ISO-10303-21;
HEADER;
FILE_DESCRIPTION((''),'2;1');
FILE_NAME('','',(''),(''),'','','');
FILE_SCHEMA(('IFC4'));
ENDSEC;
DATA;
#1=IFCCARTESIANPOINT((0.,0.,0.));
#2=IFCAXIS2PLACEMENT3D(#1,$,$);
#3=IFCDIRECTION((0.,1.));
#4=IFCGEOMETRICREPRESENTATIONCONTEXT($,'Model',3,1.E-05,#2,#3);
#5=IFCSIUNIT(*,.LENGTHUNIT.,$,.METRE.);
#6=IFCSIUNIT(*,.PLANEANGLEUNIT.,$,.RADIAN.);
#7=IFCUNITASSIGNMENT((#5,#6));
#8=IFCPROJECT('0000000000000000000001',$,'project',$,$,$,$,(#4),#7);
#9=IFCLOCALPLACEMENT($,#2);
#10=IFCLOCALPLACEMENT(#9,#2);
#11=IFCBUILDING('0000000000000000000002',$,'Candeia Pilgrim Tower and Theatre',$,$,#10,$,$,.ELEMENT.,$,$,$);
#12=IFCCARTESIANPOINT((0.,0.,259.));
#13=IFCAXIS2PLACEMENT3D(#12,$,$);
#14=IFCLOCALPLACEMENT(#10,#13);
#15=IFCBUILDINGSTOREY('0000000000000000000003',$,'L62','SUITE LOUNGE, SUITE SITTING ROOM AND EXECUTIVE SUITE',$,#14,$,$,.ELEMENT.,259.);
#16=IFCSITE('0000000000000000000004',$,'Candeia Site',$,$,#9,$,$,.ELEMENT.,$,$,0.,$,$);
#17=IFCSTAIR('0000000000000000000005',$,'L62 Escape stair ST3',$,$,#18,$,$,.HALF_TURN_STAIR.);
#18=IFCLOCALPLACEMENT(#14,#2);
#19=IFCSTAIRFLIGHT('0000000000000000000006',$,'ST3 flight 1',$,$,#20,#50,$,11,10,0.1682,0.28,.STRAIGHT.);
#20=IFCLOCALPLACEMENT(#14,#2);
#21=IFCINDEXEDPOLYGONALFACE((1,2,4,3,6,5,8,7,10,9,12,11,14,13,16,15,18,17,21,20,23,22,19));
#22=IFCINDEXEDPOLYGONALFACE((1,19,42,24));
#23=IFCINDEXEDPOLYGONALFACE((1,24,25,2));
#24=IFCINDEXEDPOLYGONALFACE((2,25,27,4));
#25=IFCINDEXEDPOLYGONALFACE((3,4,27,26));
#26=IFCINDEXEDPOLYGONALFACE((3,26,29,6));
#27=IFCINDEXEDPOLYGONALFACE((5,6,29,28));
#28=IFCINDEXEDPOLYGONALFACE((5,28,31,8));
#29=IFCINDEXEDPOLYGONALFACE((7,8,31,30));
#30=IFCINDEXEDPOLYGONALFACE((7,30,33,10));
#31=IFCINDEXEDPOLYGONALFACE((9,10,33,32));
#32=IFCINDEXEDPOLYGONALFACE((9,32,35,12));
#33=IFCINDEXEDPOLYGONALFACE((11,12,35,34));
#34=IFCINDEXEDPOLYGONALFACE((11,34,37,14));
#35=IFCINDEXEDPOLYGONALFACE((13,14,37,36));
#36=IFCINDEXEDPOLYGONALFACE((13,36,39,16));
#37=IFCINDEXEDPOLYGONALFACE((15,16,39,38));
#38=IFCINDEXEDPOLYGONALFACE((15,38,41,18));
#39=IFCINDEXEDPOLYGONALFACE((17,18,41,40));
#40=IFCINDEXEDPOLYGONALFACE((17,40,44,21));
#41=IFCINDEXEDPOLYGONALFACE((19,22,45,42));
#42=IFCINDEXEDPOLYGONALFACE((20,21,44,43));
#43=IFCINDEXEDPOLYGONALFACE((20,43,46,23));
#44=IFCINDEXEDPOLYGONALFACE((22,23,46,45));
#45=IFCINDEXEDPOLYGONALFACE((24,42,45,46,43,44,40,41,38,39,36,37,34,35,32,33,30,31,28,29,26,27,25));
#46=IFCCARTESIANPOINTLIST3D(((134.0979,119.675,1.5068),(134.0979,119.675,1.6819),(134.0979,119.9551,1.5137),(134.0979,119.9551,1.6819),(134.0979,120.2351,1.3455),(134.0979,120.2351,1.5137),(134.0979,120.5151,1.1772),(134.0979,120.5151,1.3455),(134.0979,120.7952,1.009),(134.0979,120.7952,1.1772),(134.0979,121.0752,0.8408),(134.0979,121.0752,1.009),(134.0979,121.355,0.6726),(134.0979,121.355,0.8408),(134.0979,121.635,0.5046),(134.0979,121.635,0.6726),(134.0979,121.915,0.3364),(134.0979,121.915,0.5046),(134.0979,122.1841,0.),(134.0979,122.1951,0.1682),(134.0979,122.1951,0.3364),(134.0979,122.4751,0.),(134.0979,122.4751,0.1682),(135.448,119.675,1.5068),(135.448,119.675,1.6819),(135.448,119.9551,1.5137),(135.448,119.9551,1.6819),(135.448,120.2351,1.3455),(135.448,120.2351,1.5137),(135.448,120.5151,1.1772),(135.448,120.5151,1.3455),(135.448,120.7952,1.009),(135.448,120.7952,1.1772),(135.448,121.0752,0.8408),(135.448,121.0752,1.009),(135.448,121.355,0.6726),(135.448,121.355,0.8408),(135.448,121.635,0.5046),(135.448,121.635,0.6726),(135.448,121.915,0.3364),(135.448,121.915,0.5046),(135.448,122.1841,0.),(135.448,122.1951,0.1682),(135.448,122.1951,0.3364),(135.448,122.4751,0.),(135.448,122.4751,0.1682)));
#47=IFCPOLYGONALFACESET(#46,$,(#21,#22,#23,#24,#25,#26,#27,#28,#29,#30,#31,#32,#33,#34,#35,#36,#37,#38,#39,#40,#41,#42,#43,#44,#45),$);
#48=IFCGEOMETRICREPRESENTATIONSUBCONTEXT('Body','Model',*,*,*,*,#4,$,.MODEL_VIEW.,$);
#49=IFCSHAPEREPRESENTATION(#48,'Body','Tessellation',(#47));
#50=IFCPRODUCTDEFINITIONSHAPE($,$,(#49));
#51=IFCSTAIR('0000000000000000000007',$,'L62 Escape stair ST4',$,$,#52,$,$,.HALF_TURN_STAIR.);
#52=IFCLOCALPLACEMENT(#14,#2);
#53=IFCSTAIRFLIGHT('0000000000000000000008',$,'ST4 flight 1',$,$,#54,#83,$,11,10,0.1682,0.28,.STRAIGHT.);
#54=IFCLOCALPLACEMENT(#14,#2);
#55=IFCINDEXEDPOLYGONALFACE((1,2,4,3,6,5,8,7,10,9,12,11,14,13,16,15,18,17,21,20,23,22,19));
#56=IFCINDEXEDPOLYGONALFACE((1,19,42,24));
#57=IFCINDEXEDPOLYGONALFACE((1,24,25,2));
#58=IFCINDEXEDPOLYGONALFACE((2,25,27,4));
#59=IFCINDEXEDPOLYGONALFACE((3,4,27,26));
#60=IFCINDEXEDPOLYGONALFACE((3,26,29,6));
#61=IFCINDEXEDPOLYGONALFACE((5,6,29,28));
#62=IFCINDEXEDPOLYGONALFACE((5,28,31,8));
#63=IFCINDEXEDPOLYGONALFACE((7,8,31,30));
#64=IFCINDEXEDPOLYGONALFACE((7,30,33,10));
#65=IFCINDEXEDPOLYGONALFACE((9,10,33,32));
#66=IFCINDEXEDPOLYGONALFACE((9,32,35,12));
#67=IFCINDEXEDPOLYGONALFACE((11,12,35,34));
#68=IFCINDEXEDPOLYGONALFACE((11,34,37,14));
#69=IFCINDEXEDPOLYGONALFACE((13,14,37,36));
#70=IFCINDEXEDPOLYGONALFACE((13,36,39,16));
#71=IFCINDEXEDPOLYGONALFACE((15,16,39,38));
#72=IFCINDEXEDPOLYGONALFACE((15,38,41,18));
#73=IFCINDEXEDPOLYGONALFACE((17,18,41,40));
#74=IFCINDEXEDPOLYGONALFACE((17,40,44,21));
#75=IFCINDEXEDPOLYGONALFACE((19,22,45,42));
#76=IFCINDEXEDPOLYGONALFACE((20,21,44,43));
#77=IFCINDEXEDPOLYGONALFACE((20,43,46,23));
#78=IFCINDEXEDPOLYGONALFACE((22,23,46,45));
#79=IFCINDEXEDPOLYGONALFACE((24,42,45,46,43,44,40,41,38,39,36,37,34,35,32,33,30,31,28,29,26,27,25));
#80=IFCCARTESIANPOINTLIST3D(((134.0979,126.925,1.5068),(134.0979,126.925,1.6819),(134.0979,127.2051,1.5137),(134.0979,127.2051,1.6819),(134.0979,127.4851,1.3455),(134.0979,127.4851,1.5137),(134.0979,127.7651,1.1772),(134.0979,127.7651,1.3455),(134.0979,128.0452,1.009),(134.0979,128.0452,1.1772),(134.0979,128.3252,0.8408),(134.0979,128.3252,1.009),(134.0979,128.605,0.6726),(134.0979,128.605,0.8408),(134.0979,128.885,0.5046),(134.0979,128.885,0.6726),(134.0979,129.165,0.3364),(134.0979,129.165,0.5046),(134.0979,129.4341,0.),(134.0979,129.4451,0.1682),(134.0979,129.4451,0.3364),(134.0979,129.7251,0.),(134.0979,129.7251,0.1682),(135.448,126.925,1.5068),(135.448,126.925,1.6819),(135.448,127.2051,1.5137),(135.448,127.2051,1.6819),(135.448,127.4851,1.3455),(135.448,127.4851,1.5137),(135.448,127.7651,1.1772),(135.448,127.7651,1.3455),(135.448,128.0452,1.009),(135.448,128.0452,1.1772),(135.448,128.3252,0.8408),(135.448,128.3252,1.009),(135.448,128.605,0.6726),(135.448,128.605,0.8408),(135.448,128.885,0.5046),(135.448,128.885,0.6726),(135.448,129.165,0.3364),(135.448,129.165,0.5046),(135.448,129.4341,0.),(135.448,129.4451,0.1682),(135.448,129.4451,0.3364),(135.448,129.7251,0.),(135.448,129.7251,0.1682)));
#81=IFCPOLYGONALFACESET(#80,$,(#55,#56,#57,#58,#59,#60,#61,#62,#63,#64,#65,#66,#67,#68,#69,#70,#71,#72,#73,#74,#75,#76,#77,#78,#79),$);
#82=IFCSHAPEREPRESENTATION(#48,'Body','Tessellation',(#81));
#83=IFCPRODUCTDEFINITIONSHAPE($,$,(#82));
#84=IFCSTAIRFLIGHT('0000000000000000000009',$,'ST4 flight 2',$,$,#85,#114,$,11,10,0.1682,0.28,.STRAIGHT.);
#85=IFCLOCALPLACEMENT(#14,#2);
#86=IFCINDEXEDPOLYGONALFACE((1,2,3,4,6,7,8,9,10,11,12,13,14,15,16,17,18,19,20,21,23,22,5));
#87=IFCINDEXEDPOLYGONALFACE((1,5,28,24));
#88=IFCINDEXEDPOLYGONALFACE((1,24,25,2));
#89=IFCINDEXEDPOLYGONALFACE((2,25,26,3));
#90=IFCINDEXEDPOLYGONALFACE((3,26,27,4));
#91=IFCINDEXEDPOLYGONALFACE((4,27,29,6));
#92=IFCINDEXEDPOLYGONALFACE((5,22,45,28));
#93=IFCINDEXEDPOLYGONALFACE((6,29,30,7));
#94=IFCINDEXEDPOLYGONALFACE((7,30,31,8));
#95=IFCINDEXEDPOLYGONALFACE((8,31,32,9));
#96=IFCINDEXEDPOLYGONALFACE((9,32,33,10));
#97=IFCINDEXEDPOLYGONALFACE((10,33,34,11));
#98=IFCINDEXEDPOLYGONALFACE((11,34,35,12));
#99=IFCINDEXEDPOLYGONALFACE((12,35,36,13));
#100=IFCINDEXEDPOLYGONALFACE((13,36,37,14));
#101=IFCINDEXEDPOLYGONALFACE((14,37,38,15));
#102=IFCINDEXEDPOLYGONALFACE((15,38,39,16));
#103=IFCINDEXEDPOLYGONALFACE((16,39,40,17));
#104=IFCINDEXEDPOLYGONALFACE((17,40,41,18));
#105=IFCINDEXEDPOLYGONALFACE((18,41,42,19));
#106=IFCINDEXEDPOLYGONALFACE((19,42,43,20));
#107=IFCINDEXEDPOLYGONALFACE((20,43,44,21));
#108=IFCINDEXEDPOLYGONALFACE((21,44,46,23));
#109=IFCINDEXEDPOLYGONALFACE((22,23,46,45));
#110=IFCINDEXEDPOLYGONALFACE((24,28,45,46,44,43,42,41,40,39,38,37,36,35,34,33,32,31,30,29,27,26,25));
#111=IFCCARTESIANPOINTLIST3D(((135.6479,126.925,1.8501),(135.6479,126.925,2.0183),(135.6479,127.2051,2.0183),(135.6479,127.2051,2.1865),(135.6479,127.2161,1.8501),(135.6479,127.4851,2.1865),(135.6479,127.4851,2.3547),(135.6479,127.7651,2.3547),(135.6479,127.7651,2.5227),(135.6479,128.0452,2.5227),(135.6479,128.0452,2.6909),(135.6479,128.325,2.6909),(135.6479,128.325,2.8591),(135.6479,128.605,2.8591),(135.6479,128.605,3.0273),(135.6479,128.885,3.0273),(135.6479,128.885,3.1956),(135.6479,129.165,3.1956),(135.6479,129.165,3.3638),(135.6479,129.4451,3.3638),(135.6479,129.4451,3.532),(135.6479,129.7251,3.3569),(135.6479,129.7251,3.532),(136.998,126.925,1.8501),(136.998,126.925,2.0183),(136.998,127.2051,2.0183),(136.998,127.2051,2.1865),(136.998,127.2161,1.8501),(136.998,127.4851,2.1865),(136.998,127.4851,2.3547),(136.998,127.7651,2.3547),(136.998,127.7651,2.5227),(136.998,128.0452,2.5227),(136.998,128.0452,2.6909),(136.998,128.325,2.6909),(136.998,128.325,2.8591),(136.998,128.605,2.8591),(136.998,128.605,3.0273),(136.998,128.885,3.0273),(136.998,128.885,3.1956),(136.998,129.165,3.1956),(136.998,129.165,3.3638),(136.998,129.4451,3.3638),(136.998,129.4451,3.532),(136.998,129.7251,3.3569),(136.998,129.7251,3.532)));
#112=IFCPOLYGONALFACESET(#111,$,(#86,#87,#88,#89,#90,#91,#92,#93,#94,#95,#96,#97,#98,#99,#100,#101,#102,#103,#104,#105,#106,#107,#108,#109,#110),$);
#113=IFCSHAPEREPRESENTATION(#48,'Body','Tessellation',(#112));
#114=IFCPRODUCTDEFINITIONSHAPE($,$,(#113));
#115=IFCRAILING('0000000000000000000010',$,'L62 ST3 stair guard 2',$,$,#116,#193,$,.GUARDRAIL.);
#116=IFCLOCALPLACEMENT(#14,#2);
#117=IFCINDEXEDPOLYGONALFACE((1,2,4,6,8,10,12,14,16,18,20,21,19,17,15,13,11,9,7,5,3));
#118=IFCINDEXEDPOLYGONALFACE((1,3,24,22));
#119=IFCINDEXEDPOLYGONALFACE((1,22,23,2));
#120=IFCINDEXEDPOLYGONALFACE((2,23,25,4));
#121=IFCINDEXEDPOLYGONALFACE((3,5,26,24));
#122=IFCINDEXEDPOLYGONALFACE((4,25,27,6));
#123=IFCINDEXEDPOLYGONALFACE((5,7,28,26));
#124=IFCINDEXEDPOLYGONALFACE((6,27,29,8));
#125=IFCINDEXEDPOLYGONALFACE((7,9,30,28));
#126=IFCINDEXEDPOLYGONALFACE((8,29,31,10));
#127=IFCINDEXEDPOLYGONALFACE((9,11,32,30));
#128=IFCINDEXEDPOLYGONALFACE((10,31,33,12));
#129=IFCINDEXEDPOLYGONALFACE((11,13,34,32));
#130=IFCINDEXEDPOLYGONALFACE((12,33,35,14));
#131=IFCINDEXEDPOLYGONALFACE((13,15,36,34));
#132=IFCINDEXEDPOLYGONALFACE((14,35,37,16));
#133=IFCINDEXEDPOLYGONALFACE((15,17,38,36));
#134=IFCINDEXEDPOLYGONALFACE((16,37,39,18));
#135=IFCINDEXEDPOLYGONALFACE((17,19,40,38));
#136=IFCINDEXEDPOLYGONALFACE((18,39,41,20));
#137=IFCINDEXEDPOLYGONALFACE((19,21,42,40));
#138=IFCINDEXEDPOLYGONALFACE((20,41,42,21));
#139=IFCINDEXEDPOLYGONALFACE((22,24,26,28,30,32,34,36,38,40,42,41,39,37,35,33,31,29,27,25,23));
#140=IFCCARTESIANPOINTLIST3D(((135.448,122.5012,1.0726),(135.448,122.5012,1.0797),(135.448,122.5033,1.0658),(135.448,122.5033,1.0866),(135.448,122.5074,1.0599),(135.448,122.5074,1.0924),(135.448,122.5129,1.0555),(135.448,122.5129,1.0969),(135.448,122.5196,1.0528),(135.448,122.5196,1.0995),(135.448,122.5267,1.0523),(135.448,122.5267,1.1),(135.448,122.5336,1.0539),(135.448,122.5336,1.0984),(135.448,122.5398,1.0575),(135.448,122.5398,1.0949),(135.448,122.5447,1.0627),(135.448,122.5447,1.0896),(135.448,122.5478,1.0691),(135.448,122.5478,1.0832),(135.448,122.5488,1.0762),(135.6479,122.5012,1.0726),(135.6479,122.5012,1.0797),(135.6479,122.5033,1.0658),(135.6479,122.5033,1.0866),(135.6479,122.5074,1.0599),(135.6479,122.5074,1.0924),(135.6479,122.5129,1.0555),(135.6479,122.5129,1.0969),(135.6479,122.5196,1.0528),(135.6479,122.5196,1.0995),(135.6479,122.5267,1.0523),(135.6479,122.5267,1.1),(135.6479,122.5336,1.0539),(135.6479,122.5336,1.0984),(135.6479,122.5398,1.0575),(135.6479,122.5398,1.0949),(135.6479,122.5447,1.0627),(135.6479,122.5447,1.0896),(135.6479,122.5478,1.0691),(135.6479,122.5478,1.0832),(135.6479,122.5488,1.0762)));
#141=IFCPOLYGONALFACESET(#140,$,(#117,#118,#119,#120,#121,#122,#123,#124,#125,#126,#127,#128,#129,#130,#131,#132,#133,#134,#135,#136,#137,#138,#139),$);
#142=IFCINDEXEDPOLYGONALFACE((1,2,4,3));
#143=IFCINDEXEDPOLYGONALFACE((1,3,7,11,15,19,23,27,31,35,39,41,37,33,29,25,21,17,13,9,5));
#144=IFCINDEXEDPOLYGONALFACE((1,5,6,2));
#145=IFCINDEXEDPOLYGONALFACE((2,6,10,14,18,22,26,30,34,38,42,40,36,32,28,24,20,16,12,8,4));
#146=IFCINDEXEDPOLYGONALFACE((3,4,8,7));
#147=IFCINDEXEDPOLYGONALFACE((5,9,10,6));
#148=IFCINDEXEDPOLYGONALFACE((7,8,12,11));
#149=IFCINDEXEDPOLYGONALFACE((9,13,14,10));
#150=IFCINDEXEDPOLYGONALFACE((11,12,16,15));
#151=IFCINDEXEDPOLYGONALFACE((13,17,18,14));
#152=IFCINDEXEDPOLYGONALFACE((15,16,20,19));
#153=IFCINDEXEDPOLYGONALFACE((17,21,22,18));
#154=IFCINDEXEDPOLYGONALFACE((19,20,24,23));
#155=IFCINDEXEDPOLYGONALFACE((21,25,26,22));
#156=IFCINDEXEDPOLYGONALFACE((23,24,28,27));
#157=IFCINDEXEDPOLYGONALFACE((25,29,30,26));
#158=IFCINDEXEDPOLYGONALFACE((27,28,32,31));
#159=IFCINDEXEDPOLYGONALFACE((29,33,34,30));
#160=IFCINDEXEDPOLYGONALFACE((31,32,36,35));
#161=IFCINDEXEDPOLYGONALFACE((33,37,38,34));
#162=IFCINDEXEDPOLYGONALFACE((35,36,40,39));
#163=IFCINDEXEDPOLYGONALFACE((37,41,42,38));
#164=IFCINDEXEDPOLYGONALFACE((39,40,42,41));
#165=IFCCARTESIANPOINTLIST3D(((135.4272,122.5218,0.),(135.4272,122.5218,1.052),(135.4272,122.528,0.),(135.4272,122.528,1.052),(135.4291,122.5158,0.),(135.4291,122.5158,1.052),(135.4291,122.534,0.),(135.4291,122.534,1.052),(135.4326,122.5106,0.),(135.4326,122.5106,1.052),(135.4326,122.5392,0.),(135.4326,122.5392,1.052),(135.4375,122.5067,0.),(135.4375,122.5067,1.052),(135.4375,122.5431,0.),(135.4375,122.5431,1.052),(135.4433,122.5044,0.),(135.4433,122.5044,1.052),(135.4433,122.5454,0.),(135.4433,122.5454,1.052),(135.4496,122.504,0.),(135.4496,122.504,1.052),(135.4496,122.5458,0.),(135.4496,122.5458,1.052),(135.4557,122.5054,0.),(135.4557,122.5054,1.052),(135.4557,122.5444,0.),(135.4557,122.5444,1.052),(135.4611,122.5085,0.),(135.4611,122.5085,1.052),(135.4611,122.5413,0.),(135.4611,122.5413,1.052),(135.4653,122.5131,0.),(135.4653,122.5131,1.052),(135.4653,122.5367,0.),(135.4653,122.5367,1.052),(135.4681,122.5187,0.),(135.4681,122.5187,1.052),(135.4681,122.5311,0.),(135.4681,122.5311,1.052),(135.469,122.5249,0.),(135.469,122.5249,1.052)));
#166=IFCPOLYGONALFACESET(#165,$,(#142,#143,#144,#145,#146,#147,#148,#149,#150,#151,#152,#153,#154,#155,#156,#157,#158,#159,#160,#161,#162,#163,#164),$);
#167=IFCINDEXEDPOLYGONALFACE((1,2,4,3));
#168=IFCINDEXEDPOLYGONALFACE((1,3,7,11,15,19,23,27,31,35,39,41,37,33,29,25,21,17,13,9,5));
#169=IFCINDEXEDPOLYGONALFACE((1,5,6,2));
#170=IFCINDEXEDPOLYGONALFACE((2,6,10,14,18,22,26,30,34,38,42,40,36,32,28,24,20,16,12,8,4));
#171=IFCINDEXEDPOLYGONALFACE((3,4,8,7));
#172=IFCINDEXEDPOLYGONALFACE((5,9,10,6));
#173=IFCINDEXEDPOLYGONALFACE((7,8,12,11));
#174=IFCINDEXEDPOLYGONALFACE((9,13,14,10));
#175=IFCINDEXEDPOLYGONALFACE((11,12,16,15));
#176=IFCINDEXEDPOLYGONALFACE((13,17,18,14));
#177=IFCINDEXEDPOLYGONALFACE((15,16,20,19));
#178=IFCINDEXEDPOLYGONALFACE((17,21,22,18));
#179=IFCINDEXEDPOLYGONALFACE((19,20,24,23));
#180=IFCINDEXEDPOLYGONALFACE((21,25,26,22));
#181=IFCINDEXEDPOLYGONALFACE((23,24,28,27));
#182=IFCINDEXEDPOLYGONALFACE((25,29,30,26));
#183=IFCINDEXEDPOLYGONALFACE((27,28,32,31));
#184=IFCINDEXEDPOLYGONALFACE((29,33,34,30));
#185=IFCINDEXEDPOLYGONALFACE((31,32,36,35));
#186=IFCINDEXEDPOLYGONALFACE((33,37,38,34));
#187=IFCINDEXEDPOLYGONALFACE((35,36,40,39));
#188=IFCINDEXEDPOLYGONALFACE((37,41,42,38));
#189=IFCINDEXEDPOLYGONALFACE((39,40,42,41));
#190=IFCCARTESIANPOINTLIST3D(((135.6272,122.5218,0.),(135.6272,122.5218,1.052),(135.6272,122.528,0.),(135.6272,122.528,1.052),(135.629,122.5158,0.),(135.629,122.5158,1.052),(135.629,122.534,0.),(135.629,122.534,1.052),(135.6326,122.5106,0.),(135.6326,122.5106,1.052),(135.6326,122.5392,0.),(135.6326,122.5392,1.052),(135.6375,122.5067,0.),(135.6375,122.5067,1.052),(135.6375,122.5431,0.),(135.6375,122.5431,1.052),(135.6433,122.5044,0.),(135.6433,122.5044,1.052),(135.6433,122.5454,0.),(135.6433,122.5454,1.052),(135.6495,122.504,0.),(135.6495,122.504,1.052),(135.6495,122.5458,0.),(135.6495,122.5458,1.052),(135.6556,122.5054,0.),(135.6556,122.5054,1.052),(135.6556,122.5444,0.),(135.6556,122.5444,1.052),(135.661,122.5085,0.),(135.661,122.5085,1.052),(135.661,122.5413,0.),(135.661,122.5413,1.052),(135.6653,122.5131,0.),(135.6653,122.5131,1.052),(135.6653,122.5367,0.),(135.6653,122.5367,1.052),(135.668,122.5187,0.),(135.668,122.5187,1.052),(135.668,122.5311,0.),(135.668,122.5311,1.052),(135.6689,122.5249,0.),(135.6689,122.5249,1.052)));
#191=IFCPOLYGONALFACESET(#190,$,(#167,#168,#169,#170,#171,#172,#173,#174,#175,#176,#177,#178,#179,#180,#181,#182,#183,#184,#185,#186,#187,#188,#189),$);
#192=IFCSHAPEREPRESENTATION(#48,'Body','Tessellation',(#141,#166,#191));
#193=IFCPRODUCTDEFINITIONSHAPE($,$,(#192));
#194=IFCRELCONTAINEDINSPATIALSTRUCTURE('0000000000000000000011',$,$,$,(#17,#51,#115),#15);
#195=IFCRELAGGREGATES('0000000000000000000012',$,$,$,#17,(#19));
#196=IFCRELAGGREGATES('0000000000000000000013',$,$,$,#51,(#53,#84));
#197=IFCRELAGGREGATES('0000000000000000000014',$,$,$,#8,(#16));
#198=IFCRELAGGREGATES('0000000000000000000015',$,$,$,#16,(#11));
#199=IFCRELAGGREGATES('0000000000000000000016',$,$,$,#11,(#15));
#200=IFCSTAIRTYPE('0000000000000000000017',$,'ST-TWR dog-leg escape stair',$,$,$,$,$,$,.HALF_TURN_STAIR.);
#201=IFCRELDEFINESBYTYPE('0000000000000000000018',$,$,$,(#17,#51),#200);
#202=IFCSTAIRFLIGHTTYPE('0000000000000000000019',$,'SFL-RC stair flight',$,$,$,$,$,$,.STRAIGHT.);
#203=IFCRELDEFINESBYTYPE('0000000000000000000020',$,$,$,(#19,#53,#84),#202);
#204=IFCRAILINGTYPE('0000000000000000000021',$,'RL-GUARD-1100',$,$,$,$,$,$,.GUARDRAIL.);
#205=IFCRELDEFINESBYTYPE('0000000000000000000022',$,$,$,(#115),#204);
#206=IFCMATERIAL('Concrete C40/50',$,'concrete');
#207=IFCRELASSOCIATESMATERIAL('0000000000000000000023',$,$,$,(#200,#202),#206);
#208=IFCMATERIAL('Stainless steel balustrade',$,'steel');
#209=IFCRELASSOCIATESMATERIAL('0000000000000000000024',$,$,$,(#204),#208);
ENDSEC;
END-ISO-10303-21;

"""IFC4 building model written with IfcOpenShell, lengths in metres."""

from ifc_helpers import new_model, si_unit, direction, frame, origin, origin_2d, place, context, subcontext, project, spatial, polyline, circle, outline, extrude, material, type_object, element, aggregate, save


model = new_model("IFC4")

# Units and contexts
model_context = context("Model", 3, precision=1e-05, world=origin(), true_north=direction((0.0, 1.0)))
body_context = subcontext(model_context, "Body", "Model", "MODEL_VIEW")
ifc_project = project(units=[si_unit("LENGTHUNIT", "METRE"), si_unit("PLANEANGLEUNIT", "RADIAN")], contexts=[model_context])

# Site, building, storey
site_placement = place(None, origin())
site = spatial("IfcSite", under=ifc_project, at=site_placement, Name="Candeia Site", CompositionType="ELEMENT", RefElevation=0.0)
building_placement = place(site_placement, origin())
building = spatial("IfcBuilding", under=site, at=building_placement, Name="Candeia Pilgrim Tower and Theatre", CompositionType="ELEMENT")
storey_placement = place(building_placement, frame((0.0, 0.0, 259.0)))
storey = spatial("IfcBuildingStorey", under=building, at=storey_placement, Name="L62", Description="SUITE LOUNGE, SUITE SITTING ROOM AND EXECUTIVE SUITE", CompositionType="ELEMENT", Elevation=259.0)

# Shared definitions
ifc_material_1 = material(Name="Concrete C40/50", Category="concrete")

# Stair, stair flight
stair_type = type_object("IfcStairType", Name="ST-TWR dog-leg escape stair", PredefinedType="HALF_TURN_STAIR", material=ifc_material_1)
stair_1_placement = place(storey_placement, origin())
stair_1 = element("IfcStair", 1, at=stair_1_placement, inside=storey, type_object=stair_type, Name="L62 Escape stair ST3", PredefinedType="HALF_TURN_STAIR")
stair_flight_type = type_object("IfcStairFlightType", Name="SFL-RC stair flight", PredefinedType="STRAIGHT", material=ifc_material_1)
stair_flight_1_placement = place(storey_placement, frame((134.7729, 122.4751, 0.0), z_axis=(0.0, 0.0, 1.0), x_axis=(0.0, -1.0, 0.0)))
stair_flight_1 = element("IfcStairFlight", 2, at=stair_flight_1_placement, type_object=stair_flight_type, Name="ST3 flight 1", NumberOfRisers=11, NumberOfTreads=10, PredefinedType="STRAIGHT", RiserHeight=0.1682, TreadLength=0.28, context=body_context, shape_type="SweptSolid", body=[
    extrude(outline(polyline([(0.0, 0.0), (0.0, 0.1682), (0.28, 0.1682), (0.28, 0.3364), (0.5601, 0.3364), (0.5601, 0.5046), (0.8401, 0.5046), (0.8401, 0.6726), (1.1201, 0.6726), (1.1201, 0.8408), (1.3999, 0.8408), (1.3999, 1.009), (1.6799, 1.009), (1.6799, 1.1772), (1.96, 1.1772), (1.96, 1.3455), (2.24, 1.3455), (2.24, 1.5137), (2.52, 1.5137), (2.52, 1.6819), (2.8, 1.6819), (2.8, 1.8501), (2.8, 1.5068), (0.291, 0.0), (0.0, 0.0)])), frame((0.0, 0.675, 0.0), z_axis=(0.0, -1.0, 0.0), x_axis=(1.0, 0.0, 0.0)), (0.0, 0.0, 1.0), 1.3501),
])
aggregate(stair_1, [stair_flight_1])

# Stair, stair flights
stair_2_placement = place(storey_placement, origin())
stair_2 = element("IfcStair", 3, at=stair_2_placement, inside=storey, type_object=stair_type, Name="L62 Escape stair ST4", PredefinedType="HALF_TURN_STAIR")
stair_flight_2_placement = place(storey_placement, frame((134.7729, 129.7251, 0.0), z_axis=(0.0, 0.0, 1.0), x_axis=(0.0, -1.0, 0.0)))
stair_flight_2 = element("IfcStairFlight", 4, at=stair_flight_2_placement, type_object=stair_flight_type, Name="ST4 flight 1", NumberOfRisers=11, NumberOfTreads=10, PredefinedType="STRAIGHT", RiserHeight=0.1682, TreadLength=0.28, context=body_context, shape_type="SweptSolid", body=[
    extrude(outline(polyline([(0.0, 0.0), (0.0, 0.1682), (0.28, 0.1682), (0.28, 0.3364), (0.5601, 0.3364), (0.5601, 0.5046), (0.8401, 0.5046), (0.8401, 0.6726), (1.1201, 0.6726), (1.1201, 0.8408), (1.3999, 0.8408), (1.3999, 1.009), (1.6799, 1.009), (1.6799, 1.1772), (1.96, 1.1772), (1.96, 1.3455), (2.24, 1.3455), (2.24, 1.5137), (2.52, 1.5137), (2.52, 1.6819), (2.8, 1.6819), (2.8, 1.8501), (2.8, 1.5068), (0.291, 0.0), (0.0, 0.0)])), frame((0.0, 0.675, 0.0), z_axis=(0.0, -1.0, 0.0), x_axis=(1.0, 0.0, 0.0)), (0.0, 0.0, 1.0), 1.3501),
])
stair_flight_3_placement = place(storey_placement, frame((136.323, 126.925, 1.8501), z_axis=(0.0, 0.0, 1.0), x_axis=(0.0, 1.0, 0.0)))
stair_flight_3 = element("IfcStairFlight", 5, at=stair_flight_3_placement, type_object=stair_flight_type, Name="ST4 flight 2", NumberOfRisers=11, NumberOfTreads=10, PredefinedType="STRAIGHT", RiserHeight=0.1682, TreadLength=0.28, context=body_context, shape_type="SweptSolid", body=[
    extrude(outline(polyline([(0.0, 0.0), (0.0, 0.1682), (0.28, 0.1682), (0.28, 0.3364), (0.5601, 0.3364), (0.5601, 0.5046), (0.8401, 0.5046), (0.8401, 0.6726), (1.1201, 0.6726), (1.1201, 0.8408), (1.3999, 0.8408), (1.3999, 1.009), (1.6799, 1.009), (1.6799, 1.1772), (1.96, 1.1772), (1.96, 1.3455), (2.24, 1.3455), (2.24, 1.5137), (2.52, 1.5137), (2.52, 1.6819), (2.8, 1.6819), (2.8, 1.8501), (2.8, 1.5068), (0.291, 0.0), (0.0, 0.0)])), frame((0.0, 0.675, 0.0), z_axis=(0.0, -1.0, 0.0), x_axis=(1.0, 0.0, 0.0)), (0.0, 0.0, 1.0), 1.3501),
])
aggregate(stair_2, [stair_flight_2, stair_flight_3])

# Railing
ifc_material_2 = material(Name="Stainless steel balustrade", Category="steel")
railing_type_1 = type_object("IfcRailingType", Name="RL-GUARD-1100", PredefinedType="GUARDRAIL", material=ifc_material_2)
railing_1_placement = place(storey_placement, frame((135.448, 122.5249, 0.0)))
element("IfcRailing", 6, at=railing_1_placement, inside=storey, type_object=railing_type_1, Name="L62 ST3 stair guard 2", PredefinedType="GUARDRAIL", context=body_context, shape_type="SweptSolid", body=[
    extrude(circle(Radius=0.0239, at=origin_2d()), frame((0.0, 0.0, 1.0762), z_axis=(1.0, 0.0, 0.0), x_axis=(0.0, 1.0, 0.0)), (0.0, 0.0, 1.0), 0.2),
    extrude(circle(Radius=0.021, at=origin_2d()), origin(), (0.0, 0.0, 1.0), 1.052),
    extrude(circle(Radius=0.021, at=origin_2d()), frame((0.2, 0.0, 0.0)), (0.0, 0.0, 1.0), 1.052),
])

save(model, "model.ifc")
